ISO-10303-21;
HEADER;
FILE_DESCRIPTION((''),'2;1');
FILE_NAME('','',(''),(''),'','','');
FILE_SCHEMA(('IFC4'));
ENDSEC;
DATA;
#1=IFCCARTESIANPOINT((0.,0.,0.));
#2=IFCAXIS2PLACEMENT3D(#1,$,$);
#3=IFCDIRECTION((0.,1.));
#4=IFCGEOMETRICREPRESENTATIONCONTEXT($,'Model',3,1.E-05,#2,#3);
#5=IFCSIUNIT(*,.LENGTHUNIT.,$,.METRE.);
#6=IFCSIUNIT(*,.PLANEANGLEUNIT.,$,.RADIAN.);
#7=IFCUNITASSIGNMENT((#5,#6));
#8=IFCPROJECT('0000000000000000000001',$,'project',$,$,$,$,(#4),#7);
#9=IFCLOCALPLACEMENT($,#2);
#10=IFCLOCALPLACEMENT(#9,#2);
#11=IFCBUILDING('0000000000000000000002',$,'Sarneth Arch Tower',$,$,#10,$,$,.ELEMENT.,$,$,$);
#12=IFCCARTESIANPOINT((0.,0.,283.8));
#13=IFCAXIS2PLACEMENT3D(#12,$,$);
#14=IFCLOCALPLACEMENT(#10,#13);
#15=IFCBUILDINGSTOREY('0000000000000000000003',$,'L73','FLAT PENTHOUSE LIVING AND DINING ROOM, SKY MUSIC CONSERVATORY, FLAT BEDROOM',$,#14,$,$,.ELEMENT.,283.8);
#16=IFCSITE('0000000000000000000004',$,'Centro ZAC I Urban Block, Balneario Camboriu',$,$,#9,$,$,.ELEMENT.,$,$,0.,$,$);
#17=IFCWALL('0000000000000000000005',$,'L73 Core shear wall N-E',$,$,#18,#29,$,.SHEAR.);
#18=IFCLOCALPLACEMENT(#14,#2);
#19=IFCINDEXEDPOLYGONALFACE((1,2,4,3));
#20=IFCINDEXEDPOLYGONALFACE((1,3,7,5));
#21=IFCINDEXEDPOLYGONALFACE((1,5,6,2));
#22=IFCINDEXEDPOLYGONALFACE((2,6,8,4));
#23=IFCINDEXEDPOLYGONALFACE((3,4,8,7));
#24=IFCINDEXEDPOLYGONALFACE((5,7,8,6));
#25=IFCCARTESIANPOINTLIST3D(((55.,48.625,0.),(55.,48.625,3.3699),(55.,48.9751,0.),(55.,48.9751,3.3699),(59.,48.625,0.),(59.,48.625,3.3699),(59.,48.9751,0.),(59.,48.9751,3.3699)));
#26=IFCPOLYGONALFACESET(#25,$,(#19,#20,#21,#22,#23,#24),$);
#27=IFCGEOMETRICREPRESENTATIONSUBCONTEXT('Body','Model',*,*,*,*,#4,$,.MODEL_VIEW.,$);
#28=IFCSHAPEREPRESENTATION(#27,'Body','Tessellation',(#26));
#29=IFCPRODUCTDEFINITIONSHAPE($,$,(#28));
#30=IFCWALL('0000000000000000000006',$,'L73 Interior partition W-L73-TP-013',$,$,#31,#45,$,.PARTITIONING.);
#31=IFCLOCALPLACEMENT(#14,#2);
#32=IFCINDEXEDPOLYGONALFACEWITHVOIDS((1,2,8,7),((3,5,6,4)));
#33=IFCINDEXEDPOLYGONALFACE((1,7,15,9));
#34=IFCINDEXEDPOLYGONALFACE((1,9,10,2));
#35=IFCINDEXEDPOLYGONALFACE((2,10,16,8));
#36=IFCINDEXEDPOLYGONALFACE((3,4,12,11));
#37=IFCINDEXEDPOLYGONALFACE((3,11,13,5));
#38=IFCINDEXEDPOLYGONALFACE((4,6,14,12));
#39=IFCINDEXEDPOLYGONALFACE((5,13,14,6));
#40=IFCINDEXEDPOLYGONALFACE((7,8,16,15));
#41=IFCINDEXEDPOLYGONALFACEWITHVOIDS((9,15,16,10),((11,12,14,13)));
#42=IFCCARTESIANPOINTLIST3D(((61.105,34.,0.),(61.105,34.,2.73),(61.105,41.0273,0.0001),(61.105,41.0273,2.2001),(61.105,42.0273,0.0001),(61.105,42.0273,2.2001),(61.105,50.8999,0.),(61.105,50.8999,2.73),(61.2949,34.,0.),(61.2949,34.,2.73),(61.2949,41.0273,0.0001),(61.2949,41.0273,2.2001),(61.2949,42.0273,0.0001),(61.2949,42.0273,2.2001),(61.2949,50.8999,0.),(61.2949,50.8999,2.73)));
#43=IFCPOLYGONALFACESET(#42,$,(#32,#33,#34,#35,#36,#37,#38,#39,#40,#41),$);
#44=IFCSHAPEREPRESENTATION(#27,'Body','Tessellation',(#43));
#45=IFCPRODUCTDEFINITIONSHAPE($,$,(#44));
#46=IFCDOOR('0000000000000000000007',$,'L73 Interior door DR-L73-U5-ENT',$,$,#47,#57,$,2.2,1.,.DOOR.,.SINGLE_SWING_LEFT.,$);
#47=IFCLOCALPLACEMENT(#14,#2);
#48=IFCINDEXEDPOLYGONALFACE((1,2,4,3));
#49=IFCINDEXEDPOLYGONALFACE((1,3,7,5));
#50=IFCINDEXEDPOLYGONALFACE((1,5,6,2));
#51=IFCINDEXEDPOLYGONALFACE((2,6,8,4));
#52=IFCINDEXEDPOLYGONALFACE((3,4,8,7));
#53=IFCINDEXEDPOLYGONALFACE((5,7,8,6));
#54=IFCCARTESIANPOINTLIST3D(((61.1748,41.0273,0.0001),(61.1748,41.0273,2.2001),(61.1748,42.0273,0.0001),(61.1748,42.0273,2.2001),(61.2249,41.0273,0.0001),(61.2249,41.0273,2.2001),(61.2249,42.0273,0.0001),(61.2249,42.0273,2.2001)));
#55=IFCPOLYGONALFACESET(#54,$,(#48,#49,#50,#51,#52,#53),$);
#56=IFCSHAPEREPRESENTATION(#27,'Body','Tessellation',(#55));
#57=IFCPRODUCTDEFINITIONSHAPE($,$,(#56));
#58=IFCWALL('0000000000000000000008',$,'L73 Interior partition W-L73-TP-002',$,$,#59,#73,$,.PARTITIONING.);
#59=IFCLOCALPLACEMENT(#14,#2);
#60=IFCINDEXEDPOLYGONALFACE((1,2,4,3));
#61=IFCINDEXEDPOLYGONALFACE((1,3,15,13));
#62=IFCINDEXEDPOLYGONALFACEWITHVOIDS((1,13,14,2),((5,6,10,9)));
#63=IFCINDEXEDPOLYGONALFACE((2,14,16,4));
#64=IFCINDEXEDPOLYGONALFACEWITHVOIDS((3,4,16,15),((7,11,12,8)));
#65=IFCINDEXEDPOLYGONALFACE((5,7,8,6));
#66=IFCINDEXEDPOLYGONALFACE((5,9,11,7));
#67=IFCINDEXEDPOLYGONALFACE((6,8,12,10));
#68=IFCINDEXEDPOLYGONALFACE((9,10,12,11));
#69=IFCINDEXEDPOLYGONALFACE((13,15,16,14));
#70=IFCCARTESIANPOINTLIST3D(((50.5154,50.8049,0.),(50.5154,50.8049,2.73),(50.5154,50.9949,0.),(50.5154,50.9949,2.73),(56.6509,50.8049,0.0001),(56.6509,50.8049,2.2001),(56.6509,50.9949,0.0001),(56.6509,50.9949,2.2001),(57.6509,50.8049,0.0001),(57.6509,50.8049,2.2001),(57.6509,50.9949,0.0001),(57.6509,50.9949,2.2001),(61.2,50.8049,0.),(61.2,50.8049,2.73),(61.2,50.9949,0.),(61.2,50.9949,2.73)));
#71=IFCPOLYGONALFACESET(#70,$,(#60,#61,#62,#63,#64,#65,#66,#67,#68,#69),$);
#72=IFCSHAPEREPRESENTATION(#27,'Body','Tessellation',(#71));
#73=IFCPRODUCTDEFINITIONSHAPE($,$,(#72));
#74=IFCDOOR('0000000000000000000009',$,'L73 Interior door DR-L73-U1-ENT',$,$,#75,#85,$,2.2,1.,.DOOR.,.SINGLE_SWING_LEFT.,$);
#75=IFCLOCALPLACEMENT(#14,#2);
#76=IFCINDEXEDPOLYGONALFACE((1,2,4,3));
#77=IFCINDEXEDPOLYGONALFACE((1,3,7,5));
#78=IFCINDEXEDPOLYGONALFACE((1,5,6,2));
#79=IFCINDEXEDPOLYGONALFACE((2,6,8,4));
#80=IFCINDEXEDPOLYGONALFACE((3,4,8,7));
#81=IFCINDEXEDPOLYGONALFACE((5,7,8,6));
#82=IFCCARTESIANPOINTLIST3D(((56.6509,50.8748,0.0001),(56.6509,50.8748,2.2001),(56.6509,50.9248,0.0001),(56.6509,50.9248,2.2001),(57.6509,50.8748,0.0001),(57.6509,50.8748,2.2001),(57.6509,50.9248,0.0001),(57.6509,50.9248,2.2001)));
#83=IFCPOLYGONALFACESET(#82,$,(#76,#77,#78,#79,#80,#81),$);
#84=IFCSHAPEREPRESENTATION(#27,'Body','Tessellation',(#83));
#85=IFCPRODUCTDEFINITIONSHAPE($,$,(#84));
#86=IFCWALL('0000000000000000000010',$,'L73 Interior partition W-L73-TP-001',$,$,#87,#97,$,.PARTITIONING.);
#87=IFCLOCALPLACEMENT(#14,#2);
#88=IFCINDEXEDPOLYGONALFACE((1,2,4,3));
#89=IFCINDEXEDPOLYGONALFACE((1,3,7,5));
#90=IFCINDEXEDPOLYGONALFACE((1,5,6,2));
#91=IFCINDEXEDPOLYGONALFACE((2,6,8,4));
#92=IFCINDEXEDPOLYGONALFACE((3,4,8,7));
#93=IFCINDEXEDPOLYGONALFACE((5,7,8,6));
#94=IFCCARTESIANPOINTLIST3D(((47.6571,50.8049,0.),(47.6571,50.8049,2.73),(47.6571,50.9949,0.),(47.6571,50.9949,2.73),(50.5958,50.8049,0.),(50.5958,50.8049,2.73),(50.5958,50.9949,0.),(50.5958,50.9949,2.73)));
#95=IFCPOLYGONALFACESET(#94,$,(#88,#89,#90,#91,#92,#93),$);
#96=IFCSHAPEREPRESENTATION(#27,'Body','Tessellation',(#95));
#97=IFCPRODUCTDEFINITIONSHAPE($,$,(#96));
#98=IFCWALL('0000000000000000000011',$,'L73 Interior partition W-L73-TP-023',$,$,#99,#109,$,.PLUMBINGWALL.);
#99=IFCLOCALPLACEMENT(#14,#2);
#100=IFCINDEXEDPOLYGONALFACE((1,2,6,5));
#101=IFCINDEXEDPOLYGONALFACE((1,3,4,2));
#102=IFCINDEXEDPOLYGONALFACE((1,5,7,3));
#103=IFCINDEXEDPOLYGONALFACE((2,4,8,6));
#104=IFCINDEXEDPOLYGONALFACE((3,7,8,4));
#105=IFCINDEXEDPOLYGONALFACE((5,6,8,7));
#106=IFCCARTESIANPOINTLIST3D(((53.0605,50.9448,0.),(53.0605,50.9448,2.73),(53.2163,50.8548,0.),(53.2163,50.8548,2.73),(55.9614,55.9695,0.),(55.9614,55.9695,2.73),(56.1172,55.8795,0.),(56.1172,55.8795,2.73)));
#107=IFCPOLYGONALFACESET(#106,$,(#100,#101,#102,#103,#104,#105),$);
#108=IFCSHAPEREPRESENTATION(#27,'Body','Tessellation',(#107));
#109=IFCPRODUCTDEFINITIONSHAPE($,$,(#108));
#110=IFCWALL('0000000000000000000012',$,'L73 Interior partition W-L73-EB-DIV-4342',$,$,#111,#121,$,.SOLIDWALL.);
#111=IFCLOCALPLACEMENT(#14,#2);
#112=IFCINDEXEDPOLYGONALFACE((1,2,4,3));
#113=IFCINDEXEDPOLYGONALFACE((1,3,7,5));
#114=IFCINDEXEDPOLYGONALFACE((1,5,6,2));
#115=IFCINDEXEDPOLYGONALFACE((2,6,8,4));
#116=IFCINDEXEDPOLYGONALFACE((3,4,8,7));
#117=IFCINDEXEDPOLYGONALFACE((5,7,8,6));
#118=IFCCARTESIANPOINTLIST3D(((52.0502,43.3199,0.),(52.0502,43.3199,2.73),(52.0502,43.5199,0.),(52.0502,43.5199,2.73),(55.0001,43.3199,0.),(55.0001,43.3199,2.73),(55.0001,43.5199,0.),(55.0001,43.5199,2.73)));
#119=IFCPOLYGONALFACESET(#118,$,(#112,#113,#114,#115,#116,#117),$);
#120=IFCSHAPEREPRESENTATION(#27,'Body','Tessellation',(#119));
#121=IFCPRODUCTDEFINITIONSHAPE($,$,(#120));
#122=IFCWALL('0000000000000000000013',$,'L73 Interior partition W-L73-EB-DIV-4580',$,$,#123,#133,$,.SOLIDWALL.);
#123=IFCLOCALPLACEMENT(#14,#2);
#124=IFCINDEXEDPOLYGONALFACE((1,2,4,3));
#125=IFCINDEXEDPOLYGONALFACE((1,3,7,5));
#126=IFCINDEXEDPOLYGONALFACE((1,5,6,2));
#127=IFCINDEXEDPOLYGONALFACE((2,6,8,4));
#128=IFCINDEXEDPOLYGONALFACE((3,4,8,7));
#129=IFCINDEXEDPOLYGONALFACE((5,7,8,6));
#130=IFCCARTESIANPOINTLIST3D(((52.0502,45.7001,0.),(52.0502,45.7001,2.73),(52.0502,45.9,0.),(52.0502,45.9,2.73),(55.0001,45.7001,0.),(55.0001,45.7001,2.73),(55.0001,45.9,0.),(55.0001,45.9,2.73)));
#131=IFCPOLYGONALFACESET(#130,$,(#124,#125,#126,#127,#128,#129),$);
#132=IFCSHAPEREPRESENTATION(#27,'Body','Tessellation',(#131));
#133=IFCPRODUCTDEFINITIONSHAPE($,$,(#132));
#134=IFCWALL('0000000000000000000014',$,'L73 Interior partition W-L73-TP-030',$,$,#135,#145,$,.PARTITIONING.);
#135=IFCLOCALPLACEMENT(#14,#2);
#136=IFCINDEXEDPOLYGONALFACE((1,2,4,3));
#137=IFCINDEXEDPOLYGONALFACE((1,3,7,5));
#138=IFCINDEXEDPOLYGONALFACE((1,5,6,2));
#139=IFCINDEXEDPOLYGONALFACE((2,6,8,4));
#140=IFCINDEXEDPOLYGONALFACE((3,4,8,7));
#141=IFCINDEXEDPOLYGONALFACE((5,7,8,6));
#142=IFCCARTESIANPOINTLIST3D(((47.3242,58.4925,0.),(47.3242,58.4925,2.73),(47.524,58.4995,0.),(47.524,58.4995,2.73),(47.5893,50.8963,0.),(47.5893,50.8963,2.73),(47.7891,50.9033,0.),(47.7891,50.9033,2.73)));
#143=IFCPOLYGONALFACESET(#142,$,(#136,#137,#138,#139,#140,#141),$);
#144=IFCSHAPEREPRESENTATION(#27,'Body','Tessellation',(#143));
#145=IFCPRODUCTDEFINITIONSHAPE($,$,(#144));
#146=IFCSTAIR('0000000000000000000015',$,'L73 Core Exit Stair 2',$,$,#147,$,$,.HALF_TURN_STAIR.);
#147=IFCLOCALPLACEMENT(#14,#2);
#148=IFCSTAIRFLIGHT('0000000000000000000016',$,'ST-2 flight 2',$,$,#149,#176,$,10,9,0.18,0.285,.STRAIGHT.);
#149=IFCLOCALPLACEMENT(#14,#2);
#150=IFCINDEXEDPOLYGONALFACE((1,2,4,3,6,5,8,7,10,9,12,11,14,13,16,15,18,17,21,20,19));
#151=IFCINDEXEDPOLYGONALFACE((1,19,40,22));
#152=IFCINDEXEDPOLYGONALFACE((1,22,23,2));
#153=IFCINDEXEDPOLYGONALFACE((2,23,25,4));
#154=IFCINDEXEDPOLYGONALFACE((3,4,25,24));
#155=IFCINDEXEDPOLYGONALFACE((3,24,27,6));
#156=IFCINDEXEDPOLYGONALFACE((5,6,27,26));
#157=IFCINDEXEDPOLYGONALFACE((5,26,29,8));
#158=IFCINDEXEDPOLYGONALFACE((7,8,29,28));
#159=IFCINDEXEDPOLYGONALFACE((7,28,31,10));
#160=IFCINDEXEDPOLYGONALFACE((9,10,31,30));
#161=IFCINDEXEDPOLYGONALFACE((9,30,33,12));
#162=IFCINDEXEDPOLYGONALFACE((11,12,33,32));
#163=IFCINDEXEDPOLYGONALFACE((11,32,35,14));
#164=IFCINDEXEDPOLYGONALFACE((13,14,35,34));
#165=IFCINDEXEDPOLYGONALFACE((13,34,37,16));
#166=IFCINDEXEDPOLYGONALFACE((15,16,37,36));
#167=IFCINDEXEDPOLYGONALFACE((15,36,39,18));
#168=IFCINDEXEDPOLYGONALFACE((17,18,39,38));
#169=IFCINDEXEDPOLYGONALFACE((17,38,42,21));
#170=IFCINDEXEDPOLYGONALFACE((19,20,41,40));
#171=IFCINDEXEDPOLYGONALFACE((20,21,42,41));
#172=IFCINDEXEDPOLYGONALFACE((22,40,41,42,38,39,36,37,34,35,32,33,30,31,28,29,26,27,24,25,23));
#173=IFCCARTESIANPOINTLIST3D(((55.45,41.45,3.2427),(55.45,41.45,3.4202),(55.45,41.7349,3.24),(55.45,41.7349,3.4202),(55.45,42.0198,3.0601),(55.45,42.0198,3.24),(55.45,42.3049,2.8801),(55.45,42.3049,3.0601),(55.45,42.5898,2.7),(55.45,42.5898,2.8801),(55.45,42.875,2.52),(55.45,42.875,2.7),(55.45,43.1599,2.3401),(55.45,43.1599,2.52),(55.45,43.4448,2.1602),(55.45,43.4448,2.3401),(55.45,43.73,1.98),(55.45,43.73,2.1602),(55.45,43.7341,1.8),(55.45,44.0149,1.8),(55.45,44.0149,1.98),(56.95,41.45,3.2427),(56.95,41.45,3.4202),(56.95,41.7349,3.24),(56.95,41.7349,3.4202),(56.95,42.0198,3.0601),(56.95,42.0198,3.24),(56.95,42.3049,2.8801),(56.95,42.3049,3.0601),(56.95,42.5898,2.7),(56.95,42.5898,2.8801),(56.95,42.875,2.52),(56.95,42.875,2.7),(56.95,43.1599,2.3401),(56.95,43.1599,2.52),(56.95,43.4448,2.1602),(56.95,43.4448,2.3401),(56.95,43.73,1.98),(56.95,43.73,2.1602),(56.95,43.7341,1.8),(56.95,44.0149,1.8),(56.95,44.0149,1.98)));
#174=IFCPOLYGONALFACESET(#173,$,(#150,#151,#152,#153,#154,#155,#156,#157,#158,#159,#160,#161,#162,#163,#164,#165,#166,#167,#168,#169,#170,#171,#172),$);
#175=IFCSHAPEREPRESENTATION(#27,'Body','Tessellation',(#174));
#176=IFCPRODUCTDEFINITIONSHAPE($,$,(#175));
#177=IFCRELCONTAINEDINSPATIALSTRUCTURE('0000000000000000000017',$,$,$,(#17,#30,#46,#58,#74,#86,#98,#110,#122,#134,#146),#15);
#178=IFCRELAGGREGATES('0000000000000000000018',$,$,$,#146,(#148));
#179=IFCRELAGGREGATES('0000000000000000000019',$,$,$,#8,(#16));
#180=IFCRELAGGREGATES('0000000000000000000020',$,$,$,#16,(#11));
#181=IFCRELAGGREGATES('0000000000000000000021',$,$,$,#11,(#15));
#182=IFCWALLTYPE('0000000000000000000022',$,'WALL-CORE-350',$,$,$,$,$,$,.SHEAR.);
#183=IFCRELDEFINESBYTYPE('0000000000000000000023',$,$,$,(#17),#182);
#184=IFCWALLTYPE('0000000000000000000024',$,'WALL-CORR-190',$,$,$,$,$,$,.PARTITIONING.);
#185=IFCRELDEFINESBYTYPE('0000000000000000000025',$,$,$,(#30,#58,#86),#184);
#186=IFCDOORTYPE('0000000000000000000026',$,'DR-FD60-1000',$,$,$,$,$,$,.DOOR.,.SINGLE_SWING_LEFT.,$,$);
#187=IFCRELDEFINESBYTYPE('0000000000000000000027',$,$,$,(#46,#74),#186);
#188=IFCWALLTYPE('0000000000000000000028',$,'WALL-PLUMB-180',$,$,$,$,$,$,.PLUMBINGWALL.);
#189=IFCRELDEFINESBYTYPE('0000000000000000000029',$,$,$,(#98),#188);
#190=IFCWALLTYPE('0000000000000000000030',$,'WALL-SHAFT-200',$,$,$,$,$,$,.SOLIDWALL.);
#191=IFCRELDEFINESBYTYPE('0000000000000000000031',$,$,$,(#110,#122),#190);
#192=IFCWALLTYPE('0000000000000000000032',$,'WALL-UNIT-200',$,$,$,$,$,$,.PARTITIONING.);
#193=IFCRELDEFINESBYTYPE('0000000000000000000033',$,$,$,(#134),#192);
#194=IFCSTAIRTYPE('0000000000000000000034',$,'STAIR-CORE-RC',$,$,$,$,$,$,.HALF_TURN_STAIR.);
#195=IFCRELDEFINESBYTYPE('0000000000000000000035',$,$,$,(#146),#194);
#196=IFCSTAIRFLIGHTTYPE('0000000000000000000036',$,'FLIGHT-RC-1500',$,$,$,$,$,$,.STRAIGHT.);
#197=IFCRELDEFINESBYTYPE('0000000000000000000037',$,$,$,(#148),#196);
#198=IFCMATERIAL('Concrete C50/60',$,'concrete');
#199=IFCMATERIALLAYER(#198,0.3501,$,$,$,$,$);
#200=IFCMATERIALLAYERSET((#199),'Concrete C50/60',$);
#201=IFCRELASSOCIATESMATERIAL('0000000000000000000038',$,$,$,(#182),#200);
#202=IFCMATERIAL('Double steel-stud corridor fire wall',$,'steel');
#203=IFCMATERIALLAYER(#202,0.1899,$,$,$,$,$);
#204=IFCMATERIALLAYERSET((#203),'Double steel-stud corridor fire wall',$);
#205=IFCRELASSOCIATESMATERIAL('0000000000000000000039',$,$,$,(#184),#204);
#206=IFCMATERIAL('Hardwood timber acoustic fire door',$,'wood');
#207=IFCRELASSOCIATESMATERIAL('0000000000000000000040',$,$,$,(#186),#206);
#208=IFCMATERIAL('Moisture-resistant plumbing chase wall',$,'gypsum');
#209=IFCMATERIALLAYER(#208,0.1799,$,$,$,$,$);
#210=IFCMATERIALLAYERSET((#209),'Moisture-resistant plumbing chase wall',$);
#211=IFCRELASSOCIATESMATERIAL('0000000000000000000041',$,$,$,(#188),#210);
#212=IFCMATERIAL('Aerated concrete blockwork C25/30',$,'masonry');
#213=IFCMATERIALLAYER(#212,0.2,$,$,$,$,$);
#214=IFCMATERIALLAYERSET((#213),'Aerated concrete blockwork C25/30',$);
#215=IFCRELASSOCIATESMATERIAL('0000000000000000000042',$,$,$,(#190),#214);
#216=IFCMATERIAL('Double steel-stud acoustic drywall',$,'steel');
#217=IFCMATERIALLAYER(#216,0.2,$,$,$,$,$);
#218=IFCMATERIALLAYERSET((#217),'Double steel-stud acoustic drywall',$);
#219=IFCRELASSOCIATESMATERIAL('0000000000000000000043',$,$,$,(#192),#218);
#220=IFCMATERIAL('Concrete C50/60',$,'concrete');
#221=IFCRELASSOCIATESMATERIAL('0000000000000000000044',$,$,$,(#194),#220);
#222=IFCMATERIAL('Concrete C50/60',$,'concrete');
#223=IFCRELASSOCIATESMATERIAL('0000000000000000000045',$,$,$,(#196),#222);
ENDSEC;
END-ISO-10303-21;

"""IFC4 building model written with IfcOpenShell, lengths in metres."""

from ifc_helpers import new_model, si_unit, direction, frame, frame_2d, origin, place, context, subcontext, project, spatial, polyline, rectangle, outline, extrude, material, layer, layer_set, type_object, element, fill, aggregate, save


model = new_model("IFC4")

# Units and contexts
model_context = context("Model", 3, precision=1e-05, world=origin(), true_north=direction((0.0, 1.0)))
body_context = subcontext(model_context, "Body", "Model", "MODEL_VIEW")
ifc_project = project(units=[si_unit("LENGTHUNIT", "METRE"), si_unit("PLANEANGLEUNIT", "RADIAN")], contexts=[model_context])

# Site, building, storey
site_placement = place(None, origin())
site = spatial("IfcSite", under=ifc_project, at=site_placement, Name="Centro ZAC I Urban Block, Balneario Camboriu", CompositionType="ELEMENT", RefElevation=0.0)
building_placement = place(site_placement, origin())
building = spatial("IfcBuilding", under=site, at=building_placement, Name="Sarneth Arch Tower", CompositionType="ELEMENT")
storey_placement = place(building_placement, frame((0.0, 0.0, 283.8)))
storey = spatial("IfcBuildingStorey", under=building, at=storey_placement, Name="L73", Description="FLAT PENTHOUSE LIVING AND DINING ROOM, SKY MUSIC CONSERVATORY, FLAT BEDROOM", CompositionType="ELEMENT", Elevation=283.8)

# Wall
ifc_material_1 = material(Name="Concrete C50/60", Category="concrete")
ifc_layer_1 = layer(ifc_material_1, 0.3501)
ifc_layer_set_1 = layer_set([ifc_layer_1], Name="Concrete C50/60")
wall_type_1 = type_object("IfcWallType", Name="WALL-CORE-350", PredefinedType="SHEAR", material=ifc_layer_set_1)
wall_1_placement = place(storey_placement, frame((55.0, 48.8, 0.0), z_axis=(0.0, 0.0, 1.0), x_axis=(1.0, 0.0, 0.0)))
element("IfcWall", 1, at=wall_1_placement, inside=storey, type_object=wall_type_1, Name="L73 Core shear wall N-E", PredefinedType="SHEAR", context=body_context, shape_type="SweptSolid", body=[
    extrude(rectangle(XDim=4.0, YDim=0.3501, at=frame_2d((2.0, 0.0))), origin(), (0.0, 0.0, 1.0), 3.3699),
])

# Walls, openings, doors
ifc_material_2 = material(Name="Double steel-stud corridor fire wall", Category="steel")
ifc_layer_2 = layer(ifc_material_2, 0.1899)
ifc_layer_set_2 = layer_set([ifc_layer_2], Name="Double steel-stud corridor fire wall")
wall_type_2 = type_object("IfcWallType", Name="WALL-CORR-190", PredefinedType="PARTITIONING", material=ifc_layer_set_2)
wall_2_placement = place(storey_placement, frame((61.2, 50.8999, 0.0), z_axis=(0.0, 0.0, 1.0), x_axis=(0.0, -1.0, 0.0)))
wall_2 = element("IfcWall", 2, at=wall_2_placement, inside=storey, type_object=wall_type_2, Name="L73 Interior partition W-L73-TP-013", PredefinedType="PARTITIONING", context=body_context, shape_type="SweptSolid", body=[
    extrude(rectangle(XDim=16.8999, YDim=0.1899, at=frame_2d((8.45, 0.0))), origin(), (0.0, 0.0, 1.0), 2.73),
])
opening_1_placement = place(wall_2_placement, frame((8.8726, 0.0, 0.0)))
opening_1 = element("IfcOpeningElement", 3, at=opening_1_placement, cuts=wall_2, PredefinedType="OPENING", context=body_context, shape_type="SweptSolid", body=[
    extrude(rectangle(XDim=1.0, YDim=2.2, at=frame_2d((0.5, 1.1001))), frame((0.0, 0.105, 0.0), z_axis=(0.0, -1.0, 0.0), x_axis=(1.0, 0.0, 0.0)), (0.0, 0.0, 1.0), 0.21),
])
ifc_material_3 = material(Name="Hardwood timber acoustic fire door", Category="wood")
door_type = type_object("IfcDoorType", Name="DR-FD60-1000", OperationType="SINGLE_SWING_LEFT", PredefinedType="DOOR", material=ifc_material_3)
door_1_placement = place(opening_1_placement, origin())
door_1 = element("IfcDoor", 4, at=door_1_placement, inside=storey, type_object=door_type, Name="L73 Interior door DR-L73-U5-ENT", OperationType="SINGLE_SWING_LEFT", OverallHeight=2.2, OverallWidth=1.0, PredefinedType="DOOR", context=body_context, shape_type="SweptSolid", body=[
    extrude(rectangle(XDim=1.0, YDim=2.2, at=frame_2d((0.5, 1.1001))), frame((0.0, 0.0249, 0.0), z_axis=(0.0, -1.0, 0.0), x_axis=(1.0, 0.0, 0.0)), (0.0, 0.0, 1.0), 0.05),
])
fill(opening_1, door_1)
wall_3_placement = place(storey_placement, frame((50.5154, 50.8999, 0.0), z_axis=(0.0, 0.0, 1.0), x_axis=(1.0, 0.0, 0.0)))
wall_3 = element("IfcWall", 5, at=wall_3_placement, inside=storey, type_object=wall_type_2, Name="L73 Interior partition W-L73-TP-002", PredefinedType="PARTITIONING", context=body_context, shape_type="SweptSolid", body=[
    extrude(rectangle(XDim=10.6846, YDim=0.1899, at=frame_2d((5.3423, 0.0))), origin(), (0.0, 0.0, 1.0), 2.73),
])
opening_2_placement = place(wall_3_placement, frame((6.1355, 0.0, 0.0)))
opening_2 = element("IfcOpeningElement", 6, at=opening_2_placement, cuts=wall_3, PredefinedType="OPENING", context=body_context, shape_type="SweptSolid", body=[
    extrude(rectangle(XDim=1.0, YDim=2.2, at=frame_2d((0.5, 1.1001))), frame((0.0, 0.105, 0.0), z_axis=(0.0, -1.0, 0.0), x_axis=(1.0, 0.0, 0.0)), (0.0, 0.0, 1.0), 0.21),
])
door_2_placement = place(opening_2_placement, origin())
door_2 = element("IfcDoor", 7, at=door_2_placement, inside=storey, type_object=door_type, Name="L73 Interior door DR-L73-U1-ENT", OperationType="SINGLE_SWING_LEFT", OverallHeight=2.2, OverallWidth=1.0, PredefinedType="DOOR", context=body_context, shape_type="SweptSolid", body=[
    extrude(rectangle(XDim=1.0, YDim=2.2, at=frame_2d((0.5, 1.1001))), frame((0.0, 0.0249, 0.0), z_axis=(0.0, -1.0, 0.0), x_axis=(1.0, 0.0, 0.0)), (0.0, 0.0, 1.0), 0.05),
])
fill(opening_2, door_2)

# Walls
wall_4_placement = place(storey_placement, frame((47.6572, 50.8999, 0.0), z_axis=(0.0, 0.0, 1.0), x_axis=(1.0, 0.0, 0.0)))
element("IfcWall", 8, at=wall_4_placement, inside=storey, type_object=wall_type_2, Name="L73 Interior partition W-L73-TP-001", PredefinedType="PARTITIONING", context=body_context, shape_type="SweptSolid", body=[
    extrude(rectangle(XDim=2.9387, YDim=0.1899, at=frame_2d((1.4692, 0.0))), origin(), (0.0, 0.0, 1.0), 2.73),
])
ifc_material_4 = material(Name="Moisture-resistant plumbing chase wall", Category="gypsum")
ifc_layer_3 = layer(ifc_material_4, 0.1799)
ifc_layer_set_3 = layer_set([ifc_layer_3], Name="Moisture-resistant plumbing chase wall")
wall_type_3 = type_object("IfcWallType", Name="WALL-PLUMB-180", PredefinedType="PLUMBINGWALL", material=ifc_layer_set_3)
wall_5_placement = place(storey_placement, frame((53.1384, 50.8999, 0.0), z_axis=(0.0, 0.0, 1.0), x_axis=(0.499986, 0.866034, 0.0)))
element("IfcWall", 9, at=wall_5_placement, inside=storey, type_object=wall_type_3, Name="L73 Interior partition W-L73-TP-023", PredefinedType="PLUMBINGWALL", context=body_context, shape_type="SweptSolid", body=[
    extrude(rectangle(XDim=5.802, YDim=0.1799, at=frame_2d((2.9009, 0.0))), origin(), (0.0, 0.0, 1.0), 2.73),
])
ifc_material_5 = material(Name="Aerated concrete blockwork C25/30", Category="masonry")
ifc_layer_4 = layer(ifc_material_5, 0.2)
ifc_layer_set_4 = layer_set([ifc_layer_4], Name="Aerated concrete blockwork C25/30")
wall_type_4 = type_object("IfcWallType", Name="WALL-SHAFT-200", PredefinedType="SOLIDWALL", material=ifc_layer_set_4)
for number, where, z_axis, x_axis, name in (
    (10, (52.05, 43.4199, 0.0), (0.0, 0.0, 1.0), (1.0, 0.0, 0.0), "L73 Interior partition W-L73-EB-DIV-4342"),
    (11, (52.05, 45.8, 0.0), (0.0, 0.0, 1.0), (1.0, 0.0, 0.0), "L73 Interior partition W-L73-EB-DIV-4580"),
):
    element("IfcWall", number, at=place(storey_placement, frame(where, z_axis=z_axis, x_axis=x_axis)), inside=storey, type_object=wall_type_4, Name=name, PredefinedType="SOLIDWALL", context=body_context, shape_type="SweptSolid", body=[
        extrude(rectangle(XDim=2.95, YDim=0.2, at=frame_2d((1.4751, 0.0))), origin(), (0.0, 0.0, 1.0), 2.73),
    ])
ifc_material_6 = material(Name="Double steel-stud acoustic drywall", Category="steel")
ifc_layer_5 = layer(ifc_material_6, 0.2)
ifc_layer_set_5 = layer_set([ifc_layer_5], Name="Double steel-stud acoustic drywall")
wall_type_5 = type_object("IfcWallType", Name="WALL-UNIT-200", PredefinedType="PARTITIONING", material=ifc_layer_set_5)
wall_6_placement = place(storey_placement, frame((47.6892, 50.8999, 0.0), z_axis=(0.0, 0.0, 1.0), x_axis=(-0.034883, 0.999391, 0.0)))
element("IfcWall", 12, at=wall_6_placement, inside=storey, type_object=wall_type_5, Name="L73 Interior partition W-L73-TP-030", PredefinedType="PARTITIONING", context=body_context, shape_type="SweptSolid", body=[
    extrude(rectangle(XDim=7.6008, YDim=0.2, at=frame_2d((3.8003, 0.0))), origin(), (0.0, 0.0, 1.0), 2.73),
])

# Stair, stair flight
ifc_material_7 = material(Name="Concrete C50/60", Category="concrete")
stair_type = type_object("IfcStairType", Name="STAIR-CORE-RC", PredefinedType="HALF_TURN_STAIR", material=ifc_material_7)
stair_placement = place(storey_placement, origin())
stair = element("IfcStair", 13, at=stair_placement, inside=storey, type_object=stair_type, Name="L73 Core Exit Stair 2", PredefinedType="HALF_TURN_STAIR")
ifc_material_8 = material(Name="Concrete C50/60", Category="concrete")
stair_flight_type = type_object("IfcStairFlightType", Name="FLIGHT-RC-1500", PredefinedType="STRAIGHT", material=ifc_material_8)
stair_flight_placement = place(storey_placement, frame((56.2, 44.0149, 1.8), z_axis=(0.0, 0.0, 1.0), x_axis=(0.0, -1.0, 0.0)))
stair_flight = element("IfcStairFlight", 14, at=stair_flight_placement, type_object=stair_flight_type, Name="ST-2 flight 2", NumberOfRisers=10, NumberOfTreads=9, PredefinedType="STRAIGHT", RiserHeight=0.18, TreadLength=0.285, context=body_context, shape_type="SweptSolid", body=[
    extrude(outline(polyline([(0.0, 0.0), (0.0, 0.1799), (0.2849, 0.1799), (0.2849, 0.3601), (0.5701, 0.3601), (0.5701, 0.54), (0.855, 0.54), (0.855, 0.72), (1.1399, 0.72), (1.1399, 0.8999), (1.425, 0.8999), (1.425, 1.0801), (1.71, 1.0801), (1.71, 1.26), (1.9951, 1.26), (1.9951, 1.4399), (2.28, 1.4399), (2.28, 1.6201), (2.5649, 1.6201), (2.5649, 1.8), (2.5649, 1.4426), (0.2808, 0.0), (0.0, 0.0)])), frame((0.0, 0.75, 0.0), z_axis=(0.0, -1.0, 0.0), x_axis=(1.0, 0.0, 0.0)), (0.0, 0.0, 1.0), 1.5),
])
aggregate(stair, [stair_flight])

save(model, "model.ifc")
